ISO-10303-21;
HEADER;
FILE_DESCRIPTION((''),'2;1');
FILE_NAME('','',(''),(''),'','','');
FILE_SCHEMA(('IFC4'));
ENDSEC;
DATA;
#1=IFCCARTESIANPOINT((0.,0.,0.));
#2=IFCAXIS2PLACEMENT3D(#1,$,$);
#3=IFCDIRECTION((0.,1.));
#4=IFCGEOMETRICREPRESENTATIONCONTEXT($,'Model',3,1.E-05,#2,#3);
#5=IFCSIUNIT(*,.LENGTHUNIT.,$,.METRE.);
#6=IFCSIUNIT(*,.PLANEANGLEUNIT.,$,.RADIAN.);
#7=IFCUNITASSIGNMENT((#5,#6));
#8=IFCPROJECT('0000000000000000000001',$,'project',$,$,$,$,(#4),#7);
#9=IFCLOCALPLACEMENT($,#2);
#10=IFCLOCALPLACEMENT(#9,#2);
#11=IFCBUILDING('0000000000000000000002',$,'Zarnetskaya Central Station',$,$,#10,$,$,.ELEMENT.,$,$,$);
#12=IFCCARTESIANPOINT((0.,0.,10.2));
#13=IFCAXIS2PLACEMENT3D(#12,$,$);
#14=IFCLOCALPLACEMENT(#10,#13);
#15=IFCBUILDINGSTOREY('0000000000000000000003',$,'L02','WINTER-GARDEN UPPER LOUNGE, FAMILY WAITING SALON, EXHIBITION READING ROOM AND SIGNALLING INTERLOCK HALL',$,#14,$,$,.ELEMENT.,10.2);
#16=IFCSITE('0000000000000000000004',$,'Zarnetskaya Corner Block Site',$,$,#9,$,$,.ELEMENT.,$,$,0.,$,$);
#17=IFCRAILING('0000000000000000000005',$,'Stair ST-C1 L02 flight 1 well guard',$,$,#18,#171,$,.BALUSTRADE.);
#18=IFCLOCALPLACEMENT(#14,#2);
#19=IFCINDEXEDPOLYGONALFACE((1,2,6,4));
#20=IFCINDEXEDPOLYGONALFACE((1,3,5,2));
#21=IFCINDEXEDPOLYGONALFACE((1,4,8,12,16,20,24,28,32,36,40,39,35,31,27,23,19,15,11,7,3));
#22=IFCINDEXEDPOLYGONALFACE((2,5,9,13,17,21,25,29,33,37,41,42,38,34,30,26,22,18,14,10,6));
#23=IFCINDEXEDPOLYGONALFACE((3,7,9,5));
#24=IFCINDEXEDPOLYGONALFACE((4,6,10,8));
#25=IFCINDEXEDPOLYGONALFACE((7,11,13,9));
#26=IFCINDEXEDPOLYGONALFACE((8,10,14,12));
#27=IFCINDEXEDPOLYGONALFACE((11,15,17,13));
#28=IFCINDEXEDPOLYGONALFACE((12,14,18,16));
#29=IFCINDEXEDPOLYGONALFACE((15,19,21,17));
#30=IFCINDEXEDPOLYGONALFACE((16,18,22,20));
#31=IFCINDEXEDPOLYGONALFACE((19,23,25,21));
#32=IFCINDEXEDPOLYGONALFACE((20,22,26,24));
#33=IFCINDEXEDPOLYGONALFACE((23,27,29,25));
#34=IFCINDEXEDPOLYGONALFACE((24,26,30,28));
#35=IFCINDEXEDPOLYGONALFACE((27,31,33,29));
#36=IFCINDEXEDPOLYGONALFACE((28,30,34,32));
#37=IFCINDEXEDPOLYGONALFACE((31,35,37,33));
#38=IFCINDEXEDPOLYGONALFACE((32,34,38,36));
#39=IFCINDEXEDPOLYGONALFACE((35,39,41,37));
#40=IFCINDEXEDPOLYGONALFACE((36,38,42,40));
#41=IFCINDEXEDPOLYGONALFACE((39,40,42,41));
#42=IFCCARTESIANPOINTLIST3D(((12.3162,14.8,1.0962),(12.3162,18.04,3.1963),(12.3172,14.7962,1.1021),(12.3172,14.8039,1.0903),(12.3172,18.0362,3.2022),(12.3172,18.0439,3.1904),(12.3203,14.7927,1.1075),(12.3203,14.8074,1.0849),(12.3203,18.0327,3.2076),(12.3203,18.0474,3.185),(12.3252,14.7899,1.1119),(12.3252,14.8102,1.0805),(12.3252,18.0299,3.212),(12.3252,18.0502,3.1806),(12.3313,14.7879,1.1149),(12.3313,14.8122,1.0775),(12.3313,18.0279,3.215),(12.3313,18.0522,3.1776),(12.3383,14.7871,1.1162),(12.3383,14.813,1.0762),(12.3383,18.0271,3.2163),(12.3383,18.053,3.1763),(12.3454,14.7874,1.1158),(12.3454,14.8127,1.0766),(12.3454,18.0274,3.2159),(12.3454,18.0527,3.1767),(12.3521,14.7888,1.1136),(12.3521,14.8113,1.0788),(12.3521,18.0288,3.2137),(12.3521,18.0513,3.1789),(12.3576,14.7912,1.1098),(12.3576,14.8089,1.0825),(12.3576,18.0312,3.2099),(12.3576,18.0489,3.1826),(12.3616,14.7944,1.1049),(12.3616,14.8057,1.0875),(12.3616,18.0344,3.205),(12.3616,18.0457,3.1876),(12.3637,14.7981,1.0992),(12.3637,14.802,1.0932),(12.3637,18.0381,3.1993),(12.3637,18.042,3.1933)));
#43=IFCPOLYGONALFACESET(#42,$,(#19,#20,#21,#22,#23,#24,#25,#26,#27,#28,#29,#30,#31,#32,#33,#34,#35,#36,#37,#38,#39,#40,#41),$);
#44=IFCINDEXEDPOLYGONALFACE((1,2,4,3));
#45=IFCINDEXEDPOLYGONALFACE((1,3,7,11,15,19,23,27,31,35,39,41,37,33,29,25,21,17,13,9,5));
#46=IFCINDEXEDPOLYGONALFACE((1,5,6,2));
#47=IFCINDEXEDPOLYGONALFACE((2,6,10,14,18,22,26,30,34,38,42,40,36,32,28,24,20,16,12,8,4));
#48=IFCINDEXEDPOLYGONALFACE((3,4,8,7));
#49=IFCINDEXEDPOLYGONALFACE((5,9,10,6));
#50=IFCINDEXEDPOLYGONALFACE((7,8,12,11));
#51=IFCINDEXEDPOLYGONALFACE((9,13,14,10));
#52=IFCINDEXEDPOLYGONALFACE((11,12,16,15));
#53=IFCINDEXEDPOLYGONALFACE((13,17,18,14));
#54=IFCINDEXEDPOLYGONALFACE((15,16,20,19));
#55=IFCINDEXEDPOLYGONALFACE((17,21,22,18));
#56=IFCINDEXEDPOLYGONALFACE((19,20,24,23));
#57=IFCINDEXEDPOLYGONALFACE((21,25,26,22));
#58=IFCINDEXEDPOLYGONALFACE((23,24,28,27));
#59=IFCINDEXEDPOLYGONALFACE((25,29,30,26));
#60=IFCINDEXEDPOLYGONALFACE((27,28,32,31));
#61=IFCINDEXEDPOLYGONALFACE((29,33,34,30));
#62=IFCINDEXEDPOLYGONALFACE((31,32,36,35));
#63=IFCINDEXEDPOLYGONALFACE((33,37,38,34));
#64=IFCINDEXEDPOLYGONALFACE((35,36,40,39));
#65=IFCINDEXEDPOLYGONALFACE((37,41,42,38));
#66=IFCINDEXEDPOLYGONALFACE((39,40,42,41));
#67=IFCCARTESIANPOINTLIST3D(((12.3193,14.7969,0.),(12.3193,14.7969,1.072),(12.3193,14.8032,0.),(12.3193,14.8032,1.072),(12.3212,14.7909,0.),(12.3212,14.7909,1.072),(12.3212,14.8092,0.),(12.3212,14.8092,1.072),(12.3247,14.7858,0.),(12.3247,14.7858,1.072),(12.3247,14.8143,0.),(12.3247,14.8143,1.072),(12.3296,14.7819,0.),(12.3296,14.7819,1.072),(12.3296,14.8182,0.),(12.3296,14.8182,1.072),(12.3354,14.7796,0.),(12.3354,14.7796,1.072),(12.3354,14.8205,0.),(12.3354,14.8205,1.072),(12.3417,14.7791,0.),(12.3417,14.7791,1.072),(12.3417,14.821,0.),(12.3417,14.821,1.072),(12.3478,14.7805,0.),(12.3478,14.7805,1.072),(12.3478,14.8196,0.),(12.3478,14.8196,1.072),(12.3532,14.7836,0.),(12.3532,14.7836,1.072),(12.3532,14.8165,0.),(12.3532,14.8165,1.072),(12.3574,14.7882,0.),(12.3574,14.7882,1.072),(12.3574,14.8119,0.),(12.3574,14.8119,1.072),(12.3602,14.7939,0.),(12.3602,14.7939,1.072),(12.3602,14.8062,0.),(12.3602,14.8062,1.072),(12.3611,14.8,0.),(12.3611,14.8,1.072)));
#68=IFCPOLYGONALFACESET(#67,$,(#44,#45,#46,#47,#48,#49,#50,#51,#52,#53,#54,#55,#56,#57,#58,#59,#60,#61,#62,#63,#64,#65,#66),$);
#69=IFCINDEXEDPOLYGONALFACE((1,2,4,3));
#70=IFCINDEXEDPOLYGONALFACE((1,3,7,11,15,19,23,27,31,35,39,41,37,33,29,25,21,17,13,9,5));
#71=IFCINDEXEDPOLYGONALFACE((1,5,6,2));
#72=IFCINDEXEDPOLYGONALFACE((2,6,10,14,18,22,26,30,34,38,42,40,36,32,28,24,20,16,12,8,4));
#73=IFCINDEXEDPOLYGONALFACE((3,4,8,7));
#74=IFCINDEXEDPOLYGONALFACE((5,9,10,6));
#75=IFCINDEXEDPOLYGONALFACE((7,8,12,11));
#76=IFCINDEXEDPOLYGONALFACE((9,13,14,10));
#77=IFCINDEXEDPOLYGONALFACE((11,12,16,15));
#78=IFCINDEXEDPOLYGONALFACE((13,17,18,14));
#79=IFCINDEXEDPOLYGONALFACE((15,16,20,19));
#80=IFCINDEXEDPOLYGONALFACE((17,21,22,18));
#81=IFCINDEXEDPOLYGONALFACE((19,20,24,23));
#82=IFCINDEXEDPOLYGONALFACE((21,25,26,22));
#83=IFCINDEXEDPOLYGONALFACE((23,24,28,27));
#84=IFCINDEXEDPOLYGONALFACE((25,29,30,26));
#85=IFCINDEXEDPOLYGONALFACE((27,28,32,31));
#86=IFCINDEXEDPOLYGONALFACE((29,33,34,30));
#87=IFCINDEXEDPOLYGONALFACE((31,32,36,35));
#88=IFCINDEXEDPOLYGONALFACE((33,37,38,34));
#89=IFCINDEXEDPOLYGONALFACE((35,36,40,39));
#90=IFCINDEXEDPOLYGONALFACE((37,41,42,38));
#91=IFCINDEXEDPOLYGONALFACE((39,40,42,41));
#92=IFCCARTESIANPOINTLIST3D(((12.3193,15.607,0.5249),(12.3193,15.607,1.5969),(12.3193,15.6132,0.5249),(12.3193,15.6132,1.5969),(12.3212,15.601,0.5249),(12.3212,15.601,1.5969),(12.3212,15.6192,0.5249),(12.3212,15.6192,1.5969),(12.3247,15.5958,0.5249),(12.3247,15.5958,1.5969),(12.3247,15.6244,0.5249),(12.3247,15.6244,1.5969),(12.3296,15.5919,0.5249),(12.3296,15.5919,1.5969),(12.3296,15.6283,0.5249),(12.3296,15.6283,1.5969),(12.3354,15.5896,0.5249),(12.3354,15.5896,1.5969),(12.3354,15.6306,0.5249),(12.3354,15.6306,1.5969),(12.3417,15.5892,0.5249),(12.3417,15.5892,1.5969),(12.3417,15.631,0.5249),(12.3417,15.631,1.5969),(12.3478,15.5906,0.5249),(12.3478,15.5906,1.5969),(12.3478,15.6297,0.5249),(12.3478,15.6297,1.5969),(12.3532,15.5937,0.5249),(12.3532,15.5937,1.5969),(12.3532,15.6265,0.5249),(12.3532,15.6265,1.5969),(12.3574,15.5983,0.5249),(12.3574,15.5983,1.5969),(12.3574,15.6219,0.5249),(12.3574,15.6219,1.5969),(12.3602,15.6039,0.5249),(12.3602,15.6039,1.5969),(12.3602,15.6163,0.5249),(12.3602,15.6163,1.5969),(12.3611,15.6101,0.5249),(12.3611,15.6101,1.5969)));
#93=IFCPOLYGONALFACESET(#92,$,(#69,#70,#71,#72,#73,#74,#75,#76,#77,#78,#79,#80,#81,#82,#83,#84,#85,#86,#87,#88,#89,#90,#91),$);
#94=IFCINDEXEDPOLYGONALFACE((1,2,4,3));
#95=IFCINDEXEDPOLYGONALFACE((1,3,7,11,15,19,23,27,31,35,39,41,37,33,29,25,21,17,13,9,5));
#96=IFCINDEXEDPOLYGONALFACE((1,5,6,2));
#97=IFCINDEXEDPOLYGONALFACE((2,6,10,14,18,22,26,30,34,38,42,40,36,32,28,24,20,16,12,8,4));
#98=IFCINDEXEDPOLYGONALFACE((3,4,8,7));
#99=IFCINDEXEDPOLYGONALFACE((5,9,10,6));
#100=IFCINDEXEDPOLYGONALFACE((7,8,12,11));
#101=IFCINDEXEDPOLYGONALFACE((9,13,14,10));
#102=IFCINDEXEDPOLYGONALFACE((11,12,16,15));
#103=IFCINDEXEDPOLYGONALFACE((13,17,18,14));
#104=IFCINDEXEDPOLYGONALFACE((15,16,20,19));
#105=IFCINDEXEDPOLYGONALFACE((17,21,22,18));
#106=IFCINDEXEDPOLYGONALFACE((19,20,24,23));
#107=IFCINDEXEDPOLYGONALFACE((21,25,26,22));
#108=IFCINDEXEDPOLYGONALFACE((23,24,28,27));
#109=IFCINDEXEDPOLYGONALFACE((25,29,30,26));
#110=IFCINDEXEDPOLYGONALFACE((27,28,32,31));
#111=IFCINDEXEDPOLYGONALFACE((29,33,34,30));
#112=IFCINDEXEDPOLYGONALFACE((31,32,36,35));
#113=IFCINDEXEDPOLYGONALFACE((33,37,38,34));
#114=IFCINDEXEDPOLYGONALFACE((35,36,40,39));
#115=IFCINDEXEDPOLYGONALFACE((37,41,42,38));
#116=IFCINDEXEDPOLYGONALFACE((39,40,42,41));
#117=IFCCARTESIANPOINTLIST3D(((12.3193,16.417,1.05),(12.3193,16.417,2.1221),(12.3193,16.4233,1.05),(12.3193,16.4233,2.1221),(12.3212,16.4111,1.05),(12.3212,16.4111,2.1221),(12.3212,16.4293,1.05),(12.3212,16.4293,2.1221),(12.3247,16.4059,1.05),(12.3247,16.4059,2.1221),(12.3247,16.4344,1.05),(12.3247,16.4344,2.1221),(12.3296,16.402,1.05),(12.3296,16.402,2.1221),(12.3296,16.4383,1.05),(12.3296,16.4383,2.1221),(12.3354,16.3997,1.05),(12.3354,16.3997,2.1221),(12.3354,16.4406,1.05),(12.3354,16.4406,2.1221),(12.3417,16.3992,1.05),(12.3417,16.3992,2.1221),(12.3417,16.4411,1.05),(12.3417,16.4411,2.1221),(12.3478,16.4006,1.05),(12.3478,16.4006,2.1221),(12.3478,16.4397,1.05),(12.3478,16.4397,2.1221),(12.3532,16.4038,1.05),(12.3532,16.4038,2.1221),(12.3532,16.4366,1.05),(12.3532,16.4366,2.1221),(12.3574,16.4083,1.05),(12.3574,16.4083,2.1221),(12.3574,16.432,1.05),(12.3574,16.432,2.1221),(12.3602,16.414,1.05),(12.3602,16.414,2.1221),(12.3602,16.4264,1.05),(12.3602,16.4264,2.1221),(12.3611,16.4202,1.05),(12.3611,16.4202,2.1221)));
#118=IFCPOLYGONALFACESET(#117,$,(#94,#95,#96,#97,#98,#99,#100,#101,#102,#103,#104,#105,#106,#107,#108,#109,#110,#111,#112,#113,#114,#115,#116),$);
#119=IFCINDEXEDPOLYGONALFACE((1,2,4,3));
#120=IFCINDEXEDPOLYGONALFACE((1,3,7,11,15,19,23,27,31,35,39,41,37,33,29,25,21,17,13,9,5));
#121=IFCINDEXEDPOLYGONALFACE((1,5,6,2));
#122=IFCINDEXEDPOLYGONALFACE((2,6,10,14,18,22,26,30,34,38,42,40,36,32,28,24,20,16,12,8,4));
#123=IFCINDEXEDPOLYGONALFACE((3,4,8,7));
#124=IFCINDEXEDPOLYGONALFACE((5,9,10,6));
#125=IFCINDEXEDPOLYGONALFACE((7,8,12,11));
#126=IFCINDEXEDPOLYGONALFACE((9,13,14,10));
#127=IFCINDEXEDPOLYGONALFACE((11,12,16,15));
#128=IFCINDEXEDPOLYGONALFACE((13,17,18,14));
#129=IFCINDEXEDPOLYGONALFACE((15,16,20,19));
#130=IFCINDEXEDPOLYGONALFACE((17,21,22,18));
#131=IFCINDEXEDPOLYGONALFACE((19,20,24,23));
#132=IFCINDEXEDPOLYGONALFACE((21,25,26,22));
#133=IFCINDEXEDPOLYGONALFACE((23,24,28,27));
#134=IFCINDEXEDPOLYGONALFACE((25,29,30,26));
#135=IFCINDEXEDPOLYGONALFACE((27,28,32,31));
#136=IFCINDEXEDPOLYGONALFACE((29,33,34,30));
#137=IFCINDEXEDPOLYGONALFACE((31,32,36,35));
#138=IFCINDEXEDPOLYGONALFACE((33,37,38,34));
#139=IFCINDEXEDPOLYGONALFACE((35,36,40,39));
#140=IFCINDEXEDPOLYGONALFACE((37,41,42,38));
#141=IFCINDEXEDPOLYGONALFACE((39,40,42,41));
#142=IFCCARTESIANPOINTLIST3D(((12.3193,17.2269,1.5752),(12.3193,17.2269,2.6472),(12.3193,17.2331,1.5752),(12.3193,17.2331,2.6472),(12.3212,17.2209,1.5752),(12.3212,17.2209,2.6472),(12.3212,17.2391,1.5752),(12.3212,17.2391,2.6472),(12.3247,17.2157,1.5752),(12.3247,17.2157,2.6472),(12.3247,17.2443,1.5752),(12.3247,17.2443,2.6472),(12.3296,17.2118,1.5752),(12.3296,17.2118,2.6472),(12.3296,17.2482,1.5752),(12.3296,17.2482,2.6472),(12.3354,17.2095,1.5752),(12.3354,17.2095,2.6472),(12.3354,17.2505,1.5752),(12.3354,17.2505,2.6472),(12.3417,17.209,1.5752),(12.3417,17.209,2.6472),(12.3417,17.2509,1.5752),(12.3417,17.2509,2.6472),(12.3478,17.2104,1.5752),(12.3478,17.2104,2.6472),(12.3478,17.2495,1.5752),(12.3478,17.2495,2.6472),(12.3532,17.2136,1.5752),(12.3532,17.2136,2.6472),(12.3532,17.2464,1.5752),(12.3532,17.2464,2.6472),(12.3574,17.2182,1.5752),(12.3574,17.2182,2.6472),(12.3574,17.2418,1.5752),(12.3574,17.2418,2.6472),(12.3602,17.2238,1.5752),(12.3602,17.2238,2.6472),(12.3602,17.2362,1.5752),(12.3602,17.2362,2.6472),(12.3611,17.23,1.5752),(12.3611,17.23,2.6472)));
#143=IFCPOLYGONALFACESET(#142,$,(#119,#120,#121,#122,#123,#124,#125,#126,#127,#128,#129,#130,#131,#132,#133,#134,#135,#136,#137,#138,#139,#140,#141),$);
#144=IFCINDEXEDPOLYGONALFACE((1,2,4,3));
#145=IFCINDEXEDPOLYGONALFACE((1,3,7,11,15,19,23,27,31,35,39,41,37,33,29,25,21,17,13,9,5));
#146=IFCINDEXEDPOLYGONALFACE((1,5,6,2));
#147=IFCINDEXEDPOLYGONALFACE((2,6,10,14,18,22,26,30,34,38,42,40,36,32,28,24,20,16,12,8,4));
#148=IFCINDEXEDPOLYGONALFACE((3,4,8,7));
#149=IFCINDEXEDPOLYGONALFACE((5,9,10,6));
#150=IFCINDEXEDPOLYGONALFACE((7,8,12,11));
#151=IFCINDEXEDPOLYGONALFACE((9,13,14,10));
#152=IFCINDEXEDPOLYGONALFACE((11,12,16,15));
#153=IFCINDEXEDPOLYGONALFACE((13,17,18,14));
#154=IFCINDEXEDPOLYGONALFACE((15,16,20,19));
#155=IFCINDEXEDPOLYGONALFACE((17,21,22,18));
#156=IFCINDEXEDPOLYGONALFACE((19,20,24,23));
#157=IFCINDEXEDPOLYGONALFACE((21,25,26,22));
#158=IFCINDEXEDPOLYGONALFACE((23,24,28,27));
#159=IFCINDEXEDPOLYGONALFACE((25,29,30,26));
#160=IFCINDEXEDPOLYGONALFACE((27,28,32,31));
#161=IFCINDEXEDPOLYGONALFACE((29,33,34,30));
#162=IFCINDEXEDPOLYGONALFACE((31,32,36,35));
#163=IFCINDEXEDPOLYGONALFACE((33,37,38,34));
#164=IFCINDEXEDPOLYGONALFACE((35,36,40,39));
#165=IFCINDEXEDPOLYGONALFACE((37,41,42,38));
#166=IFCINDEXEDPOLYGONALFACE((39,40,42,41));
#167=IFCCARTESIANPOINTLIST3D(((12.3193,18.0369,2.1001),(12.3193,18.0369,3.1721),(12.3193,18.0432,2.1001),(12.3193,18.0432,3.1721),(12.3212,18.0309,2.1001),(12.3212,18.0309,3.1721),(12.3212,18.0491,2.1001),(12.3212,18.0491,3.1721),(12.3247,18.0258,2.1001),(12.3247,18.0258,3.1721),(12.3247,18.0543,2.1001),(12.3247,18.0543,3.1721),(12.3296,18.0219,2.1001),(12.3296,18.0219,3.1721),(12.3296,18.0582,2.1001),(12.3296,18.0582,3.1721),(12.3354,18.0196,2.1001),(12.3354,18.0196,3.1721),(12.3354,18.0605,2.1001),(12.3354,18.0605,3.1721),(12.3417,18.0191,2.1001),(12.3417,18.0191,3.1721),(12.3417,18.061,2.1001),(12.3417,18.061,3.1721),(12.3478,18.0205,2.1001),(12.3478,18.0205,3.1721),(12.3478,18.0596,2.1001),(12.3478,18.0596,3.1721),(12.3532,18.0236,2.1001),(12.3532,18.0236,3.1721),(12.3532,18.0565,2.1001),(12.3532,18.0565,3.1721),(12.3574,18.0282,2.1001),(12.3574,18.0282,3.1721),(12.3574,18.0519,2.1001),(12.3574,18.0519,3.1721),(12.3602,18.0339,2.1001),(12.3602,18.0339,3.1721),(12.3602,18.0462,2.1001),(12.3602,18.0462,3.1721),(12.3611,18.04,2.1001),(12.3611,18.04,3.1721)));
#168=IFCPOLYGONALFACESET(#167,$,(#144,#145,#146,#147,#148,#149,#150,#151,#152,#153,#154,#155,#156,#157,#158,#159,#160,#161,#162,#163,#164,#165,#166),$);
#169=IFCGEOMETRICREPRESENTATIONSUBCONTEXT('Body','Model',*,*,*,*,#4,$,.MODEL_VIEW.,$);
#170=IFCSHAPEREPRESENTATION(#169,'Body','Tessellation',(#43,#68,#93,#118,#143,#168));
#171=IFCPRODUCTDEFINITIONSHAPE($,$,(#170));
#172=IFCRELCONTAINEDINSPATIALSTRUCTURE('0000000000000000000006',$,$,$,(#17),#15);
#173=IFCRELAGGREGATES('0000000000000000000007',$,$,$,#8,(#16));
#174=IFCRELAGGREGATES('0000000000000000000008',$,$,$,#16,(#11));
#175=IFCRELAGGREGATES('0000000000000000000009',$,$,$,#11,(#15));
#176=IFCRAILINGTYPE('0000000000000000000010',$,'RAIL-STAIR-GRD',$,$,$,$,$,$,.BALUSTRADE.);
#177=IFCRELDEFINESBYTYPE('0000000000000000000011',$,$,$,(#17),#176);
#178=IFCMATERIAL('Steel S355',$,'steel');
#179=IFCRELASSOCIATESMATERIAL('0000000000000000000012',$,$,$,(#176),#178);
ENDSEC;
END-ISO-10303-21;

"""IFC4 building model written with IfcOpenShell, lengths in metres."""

from ifc_helpers import new_model, si_unit, direction, frame, origin, origin_2d, place, context, subcontext, project, spatial, circle, extrude, material, type_object, element, save


model = new_model("IFC4")

# Units and contexts
model_context = context("Model", 3, precision=1e-05, world=origin(), true_north=direction((0.0, 1.0)))
body_context = subcontext(model_context, "Body", "Model", "MODEL_VIEW")
ifc_project = project(units=[si_unit("LENGTHUNIT", "METRE"), si_unit("PLANEANGLEUNIT", "RADIAN")], contexts=[model_context])

# Site, building, storey
site_placement = place(None, origin())
site = spatial("IfcSite", under=ifc_project, at=site_placement, Name="Zarnetskaya Corner Block Site", CompositionType="ELEMENT", RefElevation=0.0)
building_placement = place(site_placement, origin())
building = spatial("IfcBuilding", under=site, at=building_placement, Name="Zarnetskaya Central Station", CompositionType="ELEMENT")
storey_placement = place(building_placement, frame((0.0, 0.0, 10.2)))
storey = spatial("IfcBuildingStorey", under=building, at=storey_placement, Name="L02", Description="WINTER-GARDEN UPPER LOUNGE, FAMILY WAITING SALON, EXHIBITION READING ROOM AND SIGNALLING INTERLOCK HALL", CompositionType="ELEMENT", Elevation=10.2)

# Shared definitions
ifc_material_1 = material(Name="Steel S355", Category="steel")

# Railing
railing_type = type_object("IfcRailingType", Name="RAIL-STAIR-GRD", PredefinedType="BALUSTRADE", material=ifc_material_1)
railing_1_placement = place(storey_placement, frame((12.3401, 14.8, 0.0)))
element("IfcRailing", 1, at=railing_1_placement, inside=storey, type_object=railing_type, Name="Stair ST-C1 L02 flight 1 well guard", PredefinedType="BALUSTRADE", context=body_context, shape_type="SweptSolid", body=[
    extrude(circle(Radius=0.0239, at=origin_2d()), frame((0.0, 0.0, 1.0962), z_axis=(0.0, 0.839141, 0.543914), x_axis=(-1.0, 0.0, 0.0)), (0.0, 0.0, 1.0), 3.8611),
    extrude(circle(Radius=0.021, at=origin_2d()), origin(), (0.0, 0.0, 1.0), 1.072),
    extrude(circle(Radius=0.021, at=origin_2d()), frame((0.0, 0.8101, 0.5249)), (0.0, 0.0, 1.0), 1.072),
    extrude(circle(Radius=0.021, at=origin_2d()), frame((0.0, 1.6201, 1.05)), (0.0, 0.0, 1.0), 1.072),
    extrude(circle(Radius=0.021, at=origin_2d()), frame((0.0, 2.4299, 1.5752)), (0.0, 0.0, 1.0), 1.072),
    extrude(circle(Radius=0.021, at=origin_2d()), frame((0.0, 3.24, 2.1001)), (0.0, 0.0, 1.0), 1.072),
])

save(model, "model.ifc")
